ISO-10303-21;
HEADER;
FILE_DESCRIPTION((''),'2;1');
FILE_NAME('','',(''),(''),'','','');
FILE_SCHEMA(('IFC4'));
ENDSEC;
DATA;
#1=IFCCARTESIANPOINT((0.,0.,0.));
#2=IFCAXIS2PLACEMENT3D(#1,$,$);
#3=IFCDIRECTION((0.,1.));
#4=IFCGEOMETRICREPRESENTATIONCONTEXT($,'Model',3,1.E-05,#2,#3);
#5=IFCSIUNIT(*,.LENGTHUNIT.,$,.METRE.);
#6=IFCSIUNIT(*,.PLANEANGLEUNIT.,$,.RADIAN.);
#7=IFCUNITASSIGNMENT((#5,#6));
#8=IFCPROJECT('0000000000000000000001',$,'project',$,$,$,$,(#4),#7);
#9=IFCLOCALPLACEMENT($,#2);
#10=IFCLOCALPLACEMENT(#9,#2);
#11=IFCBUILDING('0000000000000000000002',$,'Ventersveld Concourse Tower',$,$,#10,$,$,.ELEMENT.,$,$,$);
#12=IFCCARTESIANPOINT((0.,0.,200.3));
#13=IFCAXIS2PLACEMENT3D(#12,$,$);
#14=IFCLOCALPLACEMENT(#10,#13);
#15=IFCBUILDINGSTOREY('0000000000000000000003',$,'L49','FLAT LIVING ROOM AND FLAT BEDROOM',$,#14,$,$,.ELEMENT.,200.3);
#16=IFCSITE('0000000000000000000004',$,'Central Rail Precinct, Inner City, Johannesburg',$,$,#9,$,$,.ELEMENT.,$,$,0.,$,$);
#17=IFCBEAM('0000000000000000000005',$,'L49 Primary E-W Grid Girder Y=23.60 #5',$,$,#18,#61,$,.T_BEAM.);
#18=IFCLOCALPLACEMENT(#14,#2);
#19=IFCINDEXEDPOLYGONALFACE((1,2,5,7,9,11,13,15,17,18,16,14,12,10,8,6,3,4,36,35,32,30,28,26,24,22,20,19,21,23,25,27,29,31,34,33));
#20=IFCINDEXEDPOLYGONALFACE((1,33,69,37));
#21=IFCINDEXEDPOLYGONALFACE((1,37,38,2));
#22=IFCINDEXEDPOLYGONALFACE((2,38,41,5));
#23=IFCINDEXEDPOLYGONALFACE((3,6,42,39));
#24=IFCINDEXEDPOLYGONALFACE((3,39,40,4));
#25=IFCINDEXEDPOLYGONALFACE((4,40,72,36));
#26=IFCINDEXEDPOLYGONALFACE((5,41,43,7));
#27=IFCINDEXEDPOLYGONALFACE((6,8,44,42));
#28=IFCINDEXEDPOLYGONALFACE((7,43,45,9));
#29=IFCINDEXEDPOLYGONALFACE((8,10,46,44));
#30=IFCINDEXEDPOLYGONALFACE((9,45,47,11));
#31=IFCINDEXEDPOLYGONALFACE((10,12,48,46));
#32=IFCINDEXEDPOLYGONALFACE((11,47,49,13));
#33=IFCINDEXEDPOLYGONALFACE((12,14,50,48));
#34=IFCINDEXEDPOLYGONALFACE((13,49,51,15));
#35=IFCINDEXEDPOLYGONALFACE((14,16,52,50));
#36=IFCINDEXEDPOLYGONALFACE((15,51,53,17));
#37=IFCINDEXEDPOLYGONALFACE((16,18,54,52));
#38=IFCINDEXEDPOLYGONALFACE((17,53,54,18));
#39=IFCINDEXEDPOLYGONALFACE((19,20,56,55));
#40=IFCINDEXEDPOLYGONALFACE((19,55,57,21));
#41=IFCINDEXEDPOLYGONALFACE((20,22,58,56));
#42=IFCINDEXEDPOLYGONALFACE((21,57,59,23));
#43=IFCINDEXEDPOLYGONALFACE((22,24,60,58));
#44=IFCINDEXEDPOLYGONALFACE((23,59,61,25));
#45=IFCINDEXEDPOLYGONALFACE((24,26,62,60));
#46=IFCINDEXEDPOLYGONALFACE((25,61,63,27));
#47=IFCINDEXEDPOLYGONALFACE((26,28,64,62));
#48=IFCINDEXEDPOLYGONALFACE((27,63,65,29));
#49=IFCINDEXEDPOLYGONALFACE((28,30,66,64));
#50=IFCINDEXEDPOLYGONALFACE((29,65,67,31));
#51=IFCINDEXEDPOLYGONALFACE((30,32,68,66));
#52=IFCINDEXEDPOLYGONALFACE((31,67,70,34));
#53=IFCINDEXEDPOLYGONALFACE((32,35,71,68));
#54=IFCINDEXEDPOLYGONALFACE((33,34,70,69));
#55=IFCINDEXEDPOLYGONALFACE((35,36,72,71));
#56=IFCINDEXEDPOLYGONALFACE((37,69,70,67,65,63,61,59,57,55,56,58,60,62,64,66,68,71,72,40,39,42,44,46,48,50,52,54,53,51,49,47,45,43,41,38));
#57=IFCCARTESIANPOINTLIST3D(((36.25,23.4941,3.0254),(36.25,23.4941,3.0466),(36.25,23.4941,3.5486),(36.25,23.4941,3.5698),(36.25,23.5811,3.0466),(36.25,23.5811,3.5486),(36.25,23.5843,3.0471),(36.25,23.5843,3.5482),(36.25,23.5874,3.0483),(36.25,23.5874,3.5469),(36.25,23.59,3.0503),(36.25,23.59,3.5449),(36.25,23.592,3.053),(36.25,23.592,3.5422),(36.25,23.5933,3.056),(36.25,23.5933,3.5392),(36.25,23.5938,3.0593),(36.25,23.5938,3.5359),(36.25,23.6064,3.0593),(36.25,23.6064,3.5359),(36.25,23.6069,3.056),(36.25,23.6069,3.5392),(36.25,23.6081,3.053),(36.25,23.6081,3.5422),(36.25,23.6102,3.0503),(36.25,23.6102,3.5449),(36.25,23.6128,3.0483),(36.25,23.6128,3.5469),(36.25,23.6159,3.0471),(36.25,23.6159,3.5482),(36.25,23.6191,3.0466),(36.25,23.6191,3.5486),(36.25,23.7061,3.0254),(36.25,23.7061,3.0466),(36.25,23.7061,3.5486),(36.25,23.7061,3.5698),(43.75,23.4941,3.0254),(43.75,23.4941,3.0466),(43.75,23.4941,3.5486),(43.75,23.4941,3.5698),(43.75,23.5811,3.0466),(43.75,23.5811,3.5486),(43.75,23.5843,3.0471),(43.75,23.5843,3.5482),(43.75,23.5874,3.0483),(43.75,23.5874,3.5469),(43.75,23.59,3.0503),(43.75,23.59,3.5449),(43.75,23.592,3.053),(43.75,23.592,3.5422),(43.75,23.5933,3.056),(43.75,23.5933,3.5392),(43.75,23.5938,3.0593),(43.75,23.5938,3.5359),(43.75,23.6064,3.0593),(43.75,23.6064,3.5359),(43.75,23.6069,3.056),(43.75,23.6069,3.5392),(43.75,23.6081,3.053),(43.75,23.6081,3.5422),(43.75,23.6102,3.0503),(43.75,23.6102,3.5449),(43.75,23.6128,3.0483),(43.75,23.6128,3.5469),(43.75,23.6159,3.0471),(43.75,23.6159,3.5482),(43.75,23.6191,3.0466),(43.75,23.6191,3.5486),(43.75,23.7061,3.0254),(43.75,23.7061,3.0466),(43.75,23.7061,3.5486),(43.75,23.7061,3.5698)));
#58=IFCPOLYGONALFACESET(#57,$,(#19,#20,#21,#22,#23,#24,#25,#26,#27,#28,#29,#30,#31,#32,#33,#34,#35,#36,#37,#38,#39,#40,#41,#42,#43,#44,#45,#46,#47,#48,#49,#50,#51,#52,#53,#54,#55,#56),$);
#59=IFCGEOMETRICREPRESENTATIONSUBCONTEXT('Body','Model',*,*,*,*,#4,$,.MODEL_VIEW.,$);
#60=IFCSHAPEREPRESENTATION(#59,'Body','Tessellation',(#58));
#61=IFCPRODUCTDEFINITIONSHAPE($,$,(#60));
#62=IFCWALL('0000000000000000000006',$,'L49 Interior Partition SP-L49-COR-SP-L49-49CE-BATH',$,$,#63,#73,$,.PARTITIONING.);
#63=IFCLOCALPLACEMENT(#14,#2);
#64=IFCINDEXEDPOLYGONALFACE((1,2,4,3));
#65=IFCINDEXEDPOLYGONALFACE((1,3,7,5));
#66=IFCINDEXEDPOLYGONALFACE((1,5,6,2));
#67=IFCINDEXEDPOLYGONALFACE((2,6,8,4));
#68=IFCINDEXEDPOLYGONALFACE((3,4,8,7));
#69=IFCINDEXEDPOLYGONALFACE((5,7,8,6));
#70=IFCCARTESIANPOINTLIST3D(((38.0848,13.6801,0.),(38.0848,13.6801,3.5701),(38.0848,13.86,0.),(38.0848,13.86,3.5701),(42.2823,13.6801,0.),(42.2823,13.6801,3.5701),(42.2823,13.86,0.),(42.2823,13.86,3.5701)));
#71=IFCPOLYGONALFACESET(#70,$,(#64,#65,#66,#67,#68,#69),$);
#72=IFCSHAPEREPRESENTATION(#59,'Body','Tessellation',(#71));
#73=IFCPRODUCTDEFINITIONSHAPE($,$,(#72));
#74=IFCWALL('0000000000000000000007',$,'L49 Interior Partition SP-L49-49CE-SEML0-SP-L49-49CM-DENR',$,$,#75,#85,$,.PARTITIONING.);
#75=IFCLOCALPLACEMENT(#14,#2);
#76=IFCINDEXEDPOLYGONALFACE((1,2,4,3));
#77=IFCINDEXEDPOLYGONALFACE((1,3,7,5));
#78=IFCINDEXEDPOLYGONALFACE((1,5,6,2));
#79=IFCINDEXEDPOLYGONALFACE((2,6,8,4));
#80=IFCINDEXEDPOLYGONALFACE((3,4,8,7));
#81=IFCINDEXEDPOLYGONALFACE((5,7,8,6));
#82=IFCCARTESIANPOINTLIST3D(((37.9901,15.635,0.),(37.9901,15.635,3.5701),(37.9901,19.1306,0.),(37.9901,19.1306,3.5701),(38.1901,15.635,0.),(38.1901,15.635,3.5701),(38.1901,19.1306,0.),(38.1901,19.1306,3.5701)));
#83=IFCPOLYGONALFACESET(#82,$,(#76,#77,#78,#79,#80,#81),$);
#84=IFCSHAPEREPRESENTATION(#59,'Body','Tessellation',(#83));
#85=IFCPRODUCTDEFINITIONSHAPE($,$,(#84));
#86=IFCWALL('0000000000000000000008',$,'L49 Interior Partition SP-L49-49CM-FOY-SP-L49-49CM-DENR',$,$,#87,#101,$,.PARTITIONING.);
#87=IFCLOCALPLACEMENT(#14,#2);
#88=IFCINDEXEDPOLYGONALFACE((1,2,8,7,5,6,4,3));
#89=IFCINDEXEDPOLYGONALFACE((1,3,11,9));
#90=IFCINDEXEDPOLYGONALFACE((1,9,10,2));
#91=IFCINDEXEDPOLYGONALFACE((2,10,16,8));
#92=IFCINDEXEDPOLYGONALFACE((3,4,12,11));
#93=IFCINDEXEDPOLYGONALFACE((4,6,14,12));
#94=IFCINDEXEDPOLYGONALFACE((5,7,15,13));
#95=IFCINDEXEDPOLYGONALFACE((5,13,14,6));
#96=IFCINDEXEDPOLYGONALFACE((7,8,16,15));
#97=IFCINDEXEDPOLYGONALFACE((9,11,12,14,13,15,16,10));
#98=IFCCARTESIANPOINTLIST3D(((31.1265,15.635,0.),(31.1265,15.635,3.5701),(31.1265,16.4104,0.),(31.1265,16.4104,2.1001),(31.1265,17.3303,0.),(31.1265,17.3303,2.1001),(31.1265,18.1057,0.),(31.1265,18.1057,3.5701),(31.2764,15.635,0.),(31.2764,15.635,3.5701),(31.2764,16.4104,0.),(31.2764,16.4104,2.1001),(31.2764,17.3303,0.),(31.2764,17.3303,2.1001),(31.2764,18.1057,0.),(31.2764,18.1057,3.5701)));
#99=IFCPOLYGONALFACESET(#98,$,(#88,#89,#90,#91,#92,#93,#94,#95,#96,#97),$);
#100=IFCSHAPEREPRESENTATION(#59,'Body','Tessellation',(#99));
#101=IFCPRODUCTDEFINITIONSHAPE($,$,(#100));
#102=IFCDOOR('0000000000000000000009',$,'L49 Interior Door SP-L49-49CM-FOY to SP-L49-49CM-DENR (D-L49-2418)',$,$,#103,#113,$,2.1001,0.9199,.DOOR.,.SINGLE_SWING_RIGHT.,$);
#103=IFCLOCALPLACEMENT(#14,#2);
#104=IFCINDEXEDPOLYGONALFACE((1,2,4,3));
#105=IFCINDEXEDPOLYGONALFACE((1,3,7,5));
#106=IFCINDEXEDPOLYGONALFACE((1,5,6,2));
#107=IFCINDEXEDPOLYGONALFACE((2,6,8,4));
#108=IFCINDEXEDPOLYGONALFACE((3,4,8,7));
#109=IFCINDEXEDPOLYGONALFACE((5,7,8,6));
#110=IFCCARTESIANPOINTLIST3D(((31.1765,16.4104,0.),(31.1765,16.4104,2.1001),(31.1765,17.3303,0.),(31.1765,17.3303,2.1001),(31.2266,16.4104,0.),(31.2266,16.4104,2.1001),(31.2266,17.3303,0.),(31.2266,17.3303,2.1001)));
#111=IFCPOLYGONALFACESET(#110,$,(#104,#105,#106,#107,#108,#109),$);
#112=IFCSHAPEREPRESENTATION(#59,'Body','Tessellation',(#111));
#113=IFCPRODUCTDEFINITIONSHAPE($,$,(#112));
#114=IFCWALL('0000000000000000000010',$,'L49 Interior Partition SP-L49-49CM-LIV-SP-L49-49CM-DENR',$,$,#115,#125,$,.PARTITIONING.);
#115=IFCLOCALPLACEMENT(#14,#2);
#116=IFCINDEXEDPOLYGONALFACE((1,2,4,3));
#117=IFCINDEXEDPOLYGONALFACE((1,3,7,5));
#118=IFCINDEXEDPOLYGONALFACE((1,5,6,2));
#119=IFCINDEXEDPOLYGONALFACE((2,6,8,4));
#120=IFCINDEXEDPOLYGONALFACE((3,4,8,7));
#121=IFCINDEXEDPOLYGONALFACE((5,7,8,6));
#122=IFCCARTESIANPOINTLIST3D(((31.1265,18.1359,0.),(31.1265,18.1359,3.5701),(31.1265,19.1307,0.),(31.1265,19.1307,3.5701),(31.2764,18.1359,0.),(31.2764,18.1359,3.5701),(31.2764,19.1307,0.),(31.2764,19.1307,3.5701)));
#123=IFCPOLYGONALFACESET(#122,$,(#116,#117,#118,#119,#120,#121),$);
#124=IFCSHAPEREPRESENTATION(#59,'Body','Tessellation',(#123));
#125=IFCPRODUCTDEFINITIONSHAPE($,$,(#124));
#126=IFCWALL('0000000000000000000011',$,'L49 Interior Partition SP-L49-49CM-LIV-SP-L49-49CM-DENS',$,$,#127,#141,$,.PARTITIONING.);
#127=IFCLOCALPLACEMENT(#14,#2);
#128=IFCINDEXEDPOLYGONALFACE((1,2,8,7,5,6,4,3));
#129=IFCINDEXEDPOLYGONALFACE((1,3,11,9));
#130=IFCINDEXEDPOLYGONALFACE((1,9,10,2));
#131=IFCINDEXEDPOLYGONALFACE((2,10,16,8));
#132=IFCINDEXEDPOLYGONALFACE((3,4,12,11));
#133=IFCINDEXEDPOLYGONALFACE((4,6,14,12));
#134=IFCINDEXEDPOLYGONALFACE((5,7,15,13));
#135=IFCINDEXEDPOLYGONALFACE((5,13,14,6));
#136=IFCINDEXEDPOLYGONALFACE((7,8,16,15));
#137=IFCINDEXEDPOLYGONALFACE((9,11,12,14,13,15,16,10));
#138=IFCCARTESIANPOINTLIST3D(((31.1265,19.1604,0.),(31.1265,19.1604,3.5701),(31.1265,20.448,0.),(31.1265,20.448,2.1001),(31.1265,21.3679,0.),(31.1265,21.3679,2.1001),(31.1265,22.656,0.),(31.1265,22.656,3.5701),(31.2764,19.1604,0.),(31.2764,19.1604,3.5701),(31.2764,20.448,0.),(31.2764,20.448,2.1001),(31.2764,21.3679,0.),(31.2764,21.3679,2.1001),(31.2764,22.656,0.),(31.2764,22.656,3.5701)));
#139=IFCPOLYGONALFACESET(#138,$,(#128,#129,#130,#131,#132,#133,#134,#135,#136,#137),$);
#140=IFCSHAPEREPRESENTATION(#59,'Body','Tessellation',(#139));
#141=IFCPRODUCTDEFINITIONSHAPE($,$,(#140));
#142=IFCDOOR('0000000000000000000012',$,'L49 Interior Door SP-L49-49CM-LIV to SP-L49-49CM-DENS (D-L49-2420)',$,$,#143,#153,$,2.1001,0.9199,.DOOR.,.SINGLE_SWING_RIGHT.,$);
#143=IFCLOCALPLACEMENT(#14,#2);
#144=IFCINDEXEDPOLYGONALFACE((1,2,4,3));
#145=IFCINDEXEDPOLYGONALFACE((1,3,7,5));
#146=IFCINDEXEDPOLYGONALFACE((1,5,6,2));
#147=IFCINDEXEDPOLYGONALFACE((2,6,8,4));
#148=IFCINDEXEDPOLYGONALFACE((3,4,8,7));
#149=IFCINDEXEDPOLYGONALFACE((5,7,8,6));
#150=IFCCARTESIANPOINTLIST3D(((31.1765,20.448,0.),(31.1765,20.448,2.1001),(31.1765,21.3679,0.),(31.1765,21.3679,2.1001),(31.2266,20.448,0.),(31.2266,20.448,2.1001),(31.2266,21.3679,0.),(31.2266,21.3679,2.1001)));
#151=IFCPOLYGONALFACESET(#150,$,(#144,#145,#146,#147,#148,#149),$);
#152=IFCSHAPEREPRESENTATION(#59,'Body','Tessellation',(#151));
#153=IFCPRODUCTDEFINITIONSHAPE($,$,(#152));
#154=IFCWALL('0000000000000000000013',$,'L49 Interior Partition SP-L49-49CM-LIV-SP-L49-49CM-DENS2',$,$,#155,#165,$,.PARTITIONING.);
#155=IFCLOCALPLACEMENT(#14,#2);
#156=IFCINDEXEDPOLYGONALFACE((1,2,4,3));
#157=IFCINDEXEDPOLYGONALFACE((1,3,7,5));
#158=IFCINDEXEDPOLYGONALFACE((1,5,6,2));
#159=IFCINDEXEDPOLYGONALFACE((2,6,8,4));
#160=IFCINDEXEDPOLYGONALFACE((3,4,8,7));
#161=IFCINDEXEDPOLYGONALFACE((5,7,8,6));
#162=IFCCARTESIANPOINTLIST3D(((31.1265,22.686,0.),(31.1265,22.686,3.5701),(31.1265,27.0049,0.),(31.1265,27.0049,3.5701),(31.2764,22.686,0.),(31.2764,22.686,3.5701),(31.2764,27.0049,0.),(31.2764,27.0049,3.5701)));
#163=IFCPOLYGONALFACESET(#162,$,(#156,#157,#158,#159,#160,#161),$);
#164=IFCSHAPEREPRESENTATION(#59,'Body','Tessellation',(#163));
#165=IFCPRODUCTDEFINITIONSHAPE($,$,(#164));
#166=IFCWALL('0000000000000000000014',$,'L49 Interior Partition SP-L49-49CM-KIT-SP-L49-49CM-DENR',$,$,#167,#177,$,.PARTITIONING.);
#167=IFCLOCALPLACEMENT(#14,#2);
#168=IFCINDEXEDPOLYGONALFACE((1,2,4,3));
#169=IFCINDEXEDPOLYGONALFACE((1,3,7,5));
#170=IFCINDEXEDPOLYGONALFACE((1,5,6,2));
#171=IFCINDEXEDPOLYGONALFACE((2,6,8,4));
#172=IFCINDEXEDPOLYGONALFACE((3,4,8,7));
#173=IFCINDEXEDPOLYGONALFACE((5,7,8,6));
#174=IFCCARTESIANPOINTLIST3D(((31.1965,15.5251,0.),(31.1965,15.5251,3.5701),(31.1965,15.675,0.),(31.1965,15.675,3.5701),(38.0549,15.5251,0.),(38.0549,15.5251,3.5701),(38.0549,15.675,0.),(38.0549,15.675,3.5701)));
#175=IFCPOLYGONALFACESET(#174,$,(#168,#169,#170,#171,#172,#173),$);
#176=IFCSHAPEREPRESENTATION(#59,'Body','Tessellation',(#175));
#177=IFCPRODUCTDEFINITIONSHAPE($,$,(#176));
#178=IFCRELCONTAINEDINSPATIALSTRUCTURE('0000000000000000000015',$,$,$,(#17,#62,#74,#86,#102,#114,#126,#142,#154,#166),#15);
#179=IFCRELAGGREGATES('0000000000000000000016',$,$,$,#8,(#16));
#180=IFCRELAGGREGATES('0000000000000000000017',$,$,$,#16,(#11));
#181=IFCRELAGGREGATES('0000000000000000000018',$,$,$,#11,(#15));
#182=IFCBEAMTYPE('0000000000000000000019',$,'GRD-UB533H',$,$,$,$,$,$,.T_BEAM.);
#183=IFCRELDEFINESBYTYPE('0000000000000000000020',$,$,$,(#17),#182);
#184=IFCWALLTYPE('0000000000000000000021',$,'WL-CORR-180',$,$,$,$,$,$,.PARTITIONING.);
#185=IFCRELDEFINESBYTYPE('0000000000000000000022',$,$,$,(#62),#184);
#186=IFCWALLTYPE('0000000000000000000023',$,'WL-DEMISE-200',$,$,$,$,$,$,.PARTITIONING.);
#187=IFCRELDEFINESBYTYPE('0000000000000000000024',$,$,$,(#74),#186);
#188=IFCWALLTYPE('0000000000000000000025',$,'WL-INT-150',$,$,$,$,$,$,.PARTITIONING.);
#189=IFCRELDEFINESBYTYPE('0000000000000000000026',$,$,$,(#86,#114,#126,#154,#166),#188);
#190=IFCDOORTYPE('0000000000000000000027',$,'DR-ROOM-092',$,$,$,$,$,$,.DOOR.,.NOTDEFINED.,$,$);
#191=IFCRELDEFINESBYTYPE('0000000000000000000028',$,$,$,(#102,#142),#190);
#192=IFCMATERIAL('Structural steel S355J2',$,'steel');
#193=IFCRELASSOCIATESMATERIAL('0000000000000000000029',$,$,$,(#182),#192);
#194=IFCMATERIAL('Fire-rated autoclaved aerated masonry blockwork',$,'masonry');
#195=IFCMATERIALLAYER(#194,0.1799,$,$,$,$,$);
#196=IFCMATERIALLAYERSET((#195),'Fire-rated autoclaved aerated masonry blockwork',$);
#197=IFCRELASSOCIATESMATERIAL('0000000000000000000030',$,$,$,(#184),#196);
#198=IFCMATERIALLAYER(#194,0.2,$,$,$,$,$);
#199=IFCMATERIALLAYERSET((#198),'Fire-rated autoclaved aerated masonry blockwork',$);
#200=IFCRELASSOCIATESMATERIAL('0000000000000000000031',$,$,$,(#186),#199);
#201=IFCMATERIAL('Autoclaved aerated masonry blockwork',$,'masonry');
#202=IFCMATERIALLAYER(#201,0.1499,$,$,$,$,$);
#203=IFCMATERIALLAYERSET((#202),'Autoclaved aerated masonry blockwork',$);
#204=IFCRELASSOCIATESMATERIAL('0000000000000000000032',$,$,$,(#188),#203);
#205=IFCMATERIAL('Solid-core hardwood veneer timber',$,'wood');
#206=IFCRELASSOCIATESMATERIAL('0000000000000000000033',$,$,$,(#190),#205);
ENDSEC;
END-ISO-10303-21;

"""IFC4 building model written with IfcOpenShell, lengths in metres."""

from ifc_helpers import new_model, si_unit, direction, frame, frame_2d, origin, origin_2d, place, context, subcontext, project, spatial, rectangle, i_section, extrude, material, layer, layer_set, material_profile, profile_set, type_object, element, fill, save


model = new_model("IFC4")

# Units and contexts
model_context = context("Model", 3, precision=1e-05, world=origin(), true_north=direction((0.0, 1.0)))
body_context = subcontext(model_context, "Body", "Model", "MODEL_VIEW")
ifc_project = project(units=[si_unit("LENGTHUNIT", "METRE"), si_unit("PLANEANGLEUNIT", "RADIAN")], contexts=[model_context])

# Site, building, storey
site_placement = place(None, origin())
site = spatial("IfcSite", under=ifc_project, at=site_placement, Name="Central Rail Precinct, Inner City, Johannesburg", CompositionType="ELEMENT", RefElevation=0.0)
building_placement = place(site_placement, origin())
building = spatial("IfcBuilding", under=site, at=building_placement, Name="Ventersveld Concourse Tower", CompositionType="ELEMENT")
storey_placement = place(building_placement, frame((0.0, 0.0, 200.3)))
storey = spatial("IfcBuildingStorey", under=building, at=storey_placement, Name="L49", Description="FLAT LIVING ROOM AND FLAT BEDROOM", CompositionType="ELEMENT", Elevation=200.3)

# Beam
ifc_material_1 = material(Name="Structural steel S355J2", Category="steel")
ifc_material_profile_1 = material_profile(ifc_material_1, i_section(OverallWidth=0.2119, OverallDepth=0.5444, WebThickness=0.0127, FlangeThickness=0.0212, FilletRadius=0.0127, at=origin_2d()), Name="UB 533x210x122")
ifc_profile_set_1 = profile_set([ifc_material_profile_1], Name="Structural steel S355J2")
beam_type_1 = type_object("IfcBeamType", Name="GRD-UB533H", PredefinedType="T_BEAM", material=ifc_profile_set_1)
for number, where, z_axis, x_axis, name in (
    (1, (36.25, 23.6001, 3.2976), (1.0, 0.0, 0.0), (0.0, 1.0, 0.0), "L49 Primary E-W Grid Girder Y=23.60 #5"),
):
    element("IfcBeam", number, at=place(storey_placement, frame(where, z_axis=z_axis, x_axis=x_axis)), inside=storey, type_object=beam_type_1, Name=name, PredefinedType="T_BEAM", context=body_context, shape_type="SweptSolid", body=[
        extrude(i_section(OverallWidth=0.2119, OverallDepth=0.5444, WebThickness=0.0127, FlangeThickness=0.0212, FilletRadius=0.0127, at=origin_2d()), origin(), (0.0, 0.0, 1.0), 7.5),
    ])

# Walls
ifc_material_2 = material(Name="Fire-rated autoclaved aerated masonry blockwork", Category="masonry")
ifc_layer_1 = layer(ifc_material_2, 0.1799)
ifc_layer_set_1 = layer_set([ifc_layer_1], Name="Fire-rated autoclaved aerated masonry blockwork")
wall_type_1 = type_object("IfcWallType", Name="WL-CORR-180", PredefinedType="PARTITIONING", material=ifc_layer_set_1)
wall_1_placement = place(storey_placement, frame((38.085, 13.77, 0.0), z_axis=(0.0, 0.0, 1.0), x_axis=(1.0, 0.0, 0.0)))
element("IfcWall", 2, at=wall_1_placement, inside=storey, type_object=wall_type_1, Name="L49 Interior Partition SP-L49-COR-SP-L49-49CE-BATH", PredefinedType="PARTITIONING", context=body_context, shape_type="SweptSolid", body=[
    extrude(rectangle(XDim=4.1975, YDim=0.1799, at=frame_2d((2.0986, 0.0))), origin(), (0.0, 0.0, 1.0), 3.5701),
])
ifc_layer_2 = layer(ifc_material_2, 0.2)
ifc_layer_set_2 = layer_set([ifc_layer_2], Name="Fire-rated autoclaved aerated masonry blockwork")
wall_type_2 = type_object("IfcWallType", Name="WL-DEMISE-200", PredefinedType="PARTITIONING", material=ifc_layer_set_2)
wall_2_placement = place(storey_placement, frame((38.0901, 15.635, 0.0), z_axis=(0.0, 0.0, 1.0), x_axis=(0.0, 1.0, 0.0)))
element("IfcWall", 3, at=wall_2_placement, inside=storey, type_object=wall_type_2, Name="L49 Interior Partition SP-L49-49CE-SEML0-SP-L49-49CM-DENR", PredefinedType="PARTITIONING", context=body_context, shape_type="SweptSolid", body=[
    extrude(rectangle(XDim=3.4956, YDim=0.2, at=frame_2d((1.7478, 0.0))), origin(), (0.0, 0.0, 1.0), 3.5701),
])

# Wall, opening, door
ifc_material_3 = material(Name="Autoclaved aerated masonry blockwork", Category="masonry")
ifc_layer_3 = layer(ifc_material_3, 0.1499)
ifc_layer_set_3 = layer_set([ifc_layer_3], Name="Autoclaved aerated masonry blockwork")
wall_type_3 = type_object("IfcWallType", Name="WL-INT-150", PredefinedType="PARTITIONING", material=ifc_layer_set_3)
wall_3_placement = place(storey_placement, frame((31.2014, 15.635, 0.0), z_axis=(0.0, 0.0, 1.0), x_axis=(0.0, 1.0, 0.0)))
wall_3 = element("IfcWall", 4, at=wall_3_placement, inside=storey, type_object=wall_type_3, Name="L49 Interior Partition SP-L49-49CM-FOY-SP-L49-49CM-DENR", PredefinedType="PARTITIONING", context=body_context, shape_type="SweptSolid", body=[
    extrude(rectangle(XDim=2.4707, YDim=0.1499, at=frame_2d((1.2354, 0.0))), origin(), (0.0, 0.0, 1.0), 3.5701),
])
opening_1_placement = place(wall_3_placement, frame((0.7754, 0.0, 0.0)))
opening_1 = element("IfcOpeningElement", 5, at=opening_1_placement, cuts=wall_3, PredefinedType="OPENING", context=body_context, shape_type="SweptSolid", body=[
    extrude(rectangle(XDim=0.9199, YDim=2.1001, at=frame_2d((0.46, 1.05))), frame((0.0, 0.085, 0.0), z_axis=(0.0, -1.0, 0.0), x_axis=(1.0, 0.0, 0.0)), (0.0, 0.0, 1.0), 0.1699),
])
ifc_material_4 = material(Name="Solid-core hardwood veneer timber", Category="wood")
door_type = type_object("IfcDoorType", Name="DR-ROOM-092", OperationType="NOTDEFINED", PredefinedType="DOOR", material=ifc_material_4)
door_1_placement = place(opening_1_placement, origin())
door_1 = element("IfcDoor", 6, at=door_1_placement, inside=storey, type_object=door_type, Name="L49 Interior Door SP-L49-49CM-FOY to SP-L49-49CM-DENR (D-L49-2418)", OperationType="SINGLE_SWING_RIGHT", OverallHeight=2.1001, OverallWidth=0.9199, PredefinedType="DOOR", context=body_context, shape_type="SweptSolid", body=[
    extrude(rectangle(XDim=0.9199, YDim=2.1001, at=frame_2d((0.46, 1.05))), frame((0.0, 0.0249, 0.0), z_axis=(0.0, -1.0, 0.0), x_axis=(1.0, 0.0, 0.0)), (0.0, 0.0, 1.0), 0.05),
])
fill(opening_1, door_1)

# Wall
wall_4_placement = place(storey_placement, frame((31.2014, 18.1357, 0.0), z_axis=(0.0, 0.0, 1.0), x_axis=(0.0, 1.0, 0.0)))
element("IfcWall", 7, at=wall_4_placement, inside=storey, type_object=wall_type_3, Name="L49 Interior Partition SP-L49-49CM-LIV-SP-L49-49CM-DENR", PredefinedType="PARTITIONING", context=body_context, shape_type="SweptSolid", body=[
    extrude(rectangle(XDim=0.9949, YDim=0.1499, at=frame_2d((0.4976, 0.0))), origin(), (0.0, 0.0, 1.0), 3.5701),
])

# Wall, opening, door
wall_5_placement = place(storey_placement, frame((31.2014, 19.1604, 0.0), z_axis=(0.0, 0.0, 1.0), x_axis=(0.0, 1.0, 0.0)))
wall_5 = element("IfcWall", 8, at=wall_5_placement, inside=storey, type_object=wall_type_3, Name="L49 Interior Partition SP-L49-49CM-LIV-SP-L49-49CM-DENS", PredefinedType="PARTITIONING", context=body_context, shape_type="SweptSolid", body=[
    extrude(rectangle(XDim=3.4956, YDim=0.1499, at=frame_2d((1.7478, 0.0))), origin(), (0.0, 0.0, 1.0), 3.5701),
])
opening_2_placement = place(wall_5_placement, frame((1.2876, 0.0, 0.0)))
opening_2 = element("IfcOpeningElement", 9, at=opening_2_placement, cuts=wall_5, PredefinedType="OPENING", context=body_context, shape_type="SweptSolid", body=[
    extrude(rectangle(XDim=0.9199, YDim=2.1001, at=frame_2d((0.46, 1.05))), frame((0.0, 0.085, 0.0), z_axis=(0.0, -1.0, 0.0), x_axis=(1.0, 0.0, 0.0)), (0.0, 0.0, 1.0), 0.1699),
])
door_2_placement = place(opening_2_placement, origin())
door_2 = element("IfcDoor", 10, at=door_2_placement, inside=storey, type_object=door_type, Name="L49 Interior Door SP-L49-49CM-LIV to SP-L49-49CM-DENS (D-L49-2420)", OperationType="SINGLE_SWING_RIGHT", OverallHeight=2.1001, OverallWidth=0.9199, PredefinedType="DOOR", context=body_context, shape_type="SweptSolid", body=[
    extrude(rectangle(XDim=0.9199, YDim=2.1001, at=frame_2d((0.46, 1.05))), frame((0.0, 0.0249, 0.0), z_axis=(0.0, -1.0, 0.0), x_axis=(1.0, 0.0, 0.0)), (0.0, 0.0, 1.0), 0.05),
])
fill(opening_2, door_2)

# Walls
wall_6_placement = place(storey_placement, frame((31.2014, 22.686, 0.0), z_axis=(0.0, 0.0, 1.0), x_axis=(0.0, 1.0, 0.0)))
element("IfcWall", 11, at=wall_6_placement, inside=storey, type_object=wall_type_3, Name="L49 Interior Partition SP-L49-49CM-LIV-SP-L49-49CM-DENS2", PredefinedType="PARTITIONING", context=body_context, shape_type="SweptSolid", body=[
    extrude(rectangle(XDim=4.3188, YDim=0.1499, at=frame_2d((2.1594, 0.0))), origin(), (0.0, 0.0, 1.0), 3.5701),
])
wall_7_placement = place(storey_placement, frame((31.1965, 15.6001, 0.0), z_axis=(0.0, 0.0, 1.0), x_axis=(1.0, 0.0, 0.0)))
element("IfcWall", 12, at=wall_7_placement, inside=storey, type_object=wall_type_3, Name="L49 Interior Partition SP-L49-49CM-KIT-SP-L49-49CM-DENR", PredefinedType="PARTITIONING", context=body_context, shape_type="SweptSolid", body=[
    extrude(rectangle(XDim=6.8584, YDim=0.1499, at=frame_2d((3.4292, 0.0))), origin(), (0.0, 0.0, 1.0), 3.5701),
])

save(model, "model.ifc")
